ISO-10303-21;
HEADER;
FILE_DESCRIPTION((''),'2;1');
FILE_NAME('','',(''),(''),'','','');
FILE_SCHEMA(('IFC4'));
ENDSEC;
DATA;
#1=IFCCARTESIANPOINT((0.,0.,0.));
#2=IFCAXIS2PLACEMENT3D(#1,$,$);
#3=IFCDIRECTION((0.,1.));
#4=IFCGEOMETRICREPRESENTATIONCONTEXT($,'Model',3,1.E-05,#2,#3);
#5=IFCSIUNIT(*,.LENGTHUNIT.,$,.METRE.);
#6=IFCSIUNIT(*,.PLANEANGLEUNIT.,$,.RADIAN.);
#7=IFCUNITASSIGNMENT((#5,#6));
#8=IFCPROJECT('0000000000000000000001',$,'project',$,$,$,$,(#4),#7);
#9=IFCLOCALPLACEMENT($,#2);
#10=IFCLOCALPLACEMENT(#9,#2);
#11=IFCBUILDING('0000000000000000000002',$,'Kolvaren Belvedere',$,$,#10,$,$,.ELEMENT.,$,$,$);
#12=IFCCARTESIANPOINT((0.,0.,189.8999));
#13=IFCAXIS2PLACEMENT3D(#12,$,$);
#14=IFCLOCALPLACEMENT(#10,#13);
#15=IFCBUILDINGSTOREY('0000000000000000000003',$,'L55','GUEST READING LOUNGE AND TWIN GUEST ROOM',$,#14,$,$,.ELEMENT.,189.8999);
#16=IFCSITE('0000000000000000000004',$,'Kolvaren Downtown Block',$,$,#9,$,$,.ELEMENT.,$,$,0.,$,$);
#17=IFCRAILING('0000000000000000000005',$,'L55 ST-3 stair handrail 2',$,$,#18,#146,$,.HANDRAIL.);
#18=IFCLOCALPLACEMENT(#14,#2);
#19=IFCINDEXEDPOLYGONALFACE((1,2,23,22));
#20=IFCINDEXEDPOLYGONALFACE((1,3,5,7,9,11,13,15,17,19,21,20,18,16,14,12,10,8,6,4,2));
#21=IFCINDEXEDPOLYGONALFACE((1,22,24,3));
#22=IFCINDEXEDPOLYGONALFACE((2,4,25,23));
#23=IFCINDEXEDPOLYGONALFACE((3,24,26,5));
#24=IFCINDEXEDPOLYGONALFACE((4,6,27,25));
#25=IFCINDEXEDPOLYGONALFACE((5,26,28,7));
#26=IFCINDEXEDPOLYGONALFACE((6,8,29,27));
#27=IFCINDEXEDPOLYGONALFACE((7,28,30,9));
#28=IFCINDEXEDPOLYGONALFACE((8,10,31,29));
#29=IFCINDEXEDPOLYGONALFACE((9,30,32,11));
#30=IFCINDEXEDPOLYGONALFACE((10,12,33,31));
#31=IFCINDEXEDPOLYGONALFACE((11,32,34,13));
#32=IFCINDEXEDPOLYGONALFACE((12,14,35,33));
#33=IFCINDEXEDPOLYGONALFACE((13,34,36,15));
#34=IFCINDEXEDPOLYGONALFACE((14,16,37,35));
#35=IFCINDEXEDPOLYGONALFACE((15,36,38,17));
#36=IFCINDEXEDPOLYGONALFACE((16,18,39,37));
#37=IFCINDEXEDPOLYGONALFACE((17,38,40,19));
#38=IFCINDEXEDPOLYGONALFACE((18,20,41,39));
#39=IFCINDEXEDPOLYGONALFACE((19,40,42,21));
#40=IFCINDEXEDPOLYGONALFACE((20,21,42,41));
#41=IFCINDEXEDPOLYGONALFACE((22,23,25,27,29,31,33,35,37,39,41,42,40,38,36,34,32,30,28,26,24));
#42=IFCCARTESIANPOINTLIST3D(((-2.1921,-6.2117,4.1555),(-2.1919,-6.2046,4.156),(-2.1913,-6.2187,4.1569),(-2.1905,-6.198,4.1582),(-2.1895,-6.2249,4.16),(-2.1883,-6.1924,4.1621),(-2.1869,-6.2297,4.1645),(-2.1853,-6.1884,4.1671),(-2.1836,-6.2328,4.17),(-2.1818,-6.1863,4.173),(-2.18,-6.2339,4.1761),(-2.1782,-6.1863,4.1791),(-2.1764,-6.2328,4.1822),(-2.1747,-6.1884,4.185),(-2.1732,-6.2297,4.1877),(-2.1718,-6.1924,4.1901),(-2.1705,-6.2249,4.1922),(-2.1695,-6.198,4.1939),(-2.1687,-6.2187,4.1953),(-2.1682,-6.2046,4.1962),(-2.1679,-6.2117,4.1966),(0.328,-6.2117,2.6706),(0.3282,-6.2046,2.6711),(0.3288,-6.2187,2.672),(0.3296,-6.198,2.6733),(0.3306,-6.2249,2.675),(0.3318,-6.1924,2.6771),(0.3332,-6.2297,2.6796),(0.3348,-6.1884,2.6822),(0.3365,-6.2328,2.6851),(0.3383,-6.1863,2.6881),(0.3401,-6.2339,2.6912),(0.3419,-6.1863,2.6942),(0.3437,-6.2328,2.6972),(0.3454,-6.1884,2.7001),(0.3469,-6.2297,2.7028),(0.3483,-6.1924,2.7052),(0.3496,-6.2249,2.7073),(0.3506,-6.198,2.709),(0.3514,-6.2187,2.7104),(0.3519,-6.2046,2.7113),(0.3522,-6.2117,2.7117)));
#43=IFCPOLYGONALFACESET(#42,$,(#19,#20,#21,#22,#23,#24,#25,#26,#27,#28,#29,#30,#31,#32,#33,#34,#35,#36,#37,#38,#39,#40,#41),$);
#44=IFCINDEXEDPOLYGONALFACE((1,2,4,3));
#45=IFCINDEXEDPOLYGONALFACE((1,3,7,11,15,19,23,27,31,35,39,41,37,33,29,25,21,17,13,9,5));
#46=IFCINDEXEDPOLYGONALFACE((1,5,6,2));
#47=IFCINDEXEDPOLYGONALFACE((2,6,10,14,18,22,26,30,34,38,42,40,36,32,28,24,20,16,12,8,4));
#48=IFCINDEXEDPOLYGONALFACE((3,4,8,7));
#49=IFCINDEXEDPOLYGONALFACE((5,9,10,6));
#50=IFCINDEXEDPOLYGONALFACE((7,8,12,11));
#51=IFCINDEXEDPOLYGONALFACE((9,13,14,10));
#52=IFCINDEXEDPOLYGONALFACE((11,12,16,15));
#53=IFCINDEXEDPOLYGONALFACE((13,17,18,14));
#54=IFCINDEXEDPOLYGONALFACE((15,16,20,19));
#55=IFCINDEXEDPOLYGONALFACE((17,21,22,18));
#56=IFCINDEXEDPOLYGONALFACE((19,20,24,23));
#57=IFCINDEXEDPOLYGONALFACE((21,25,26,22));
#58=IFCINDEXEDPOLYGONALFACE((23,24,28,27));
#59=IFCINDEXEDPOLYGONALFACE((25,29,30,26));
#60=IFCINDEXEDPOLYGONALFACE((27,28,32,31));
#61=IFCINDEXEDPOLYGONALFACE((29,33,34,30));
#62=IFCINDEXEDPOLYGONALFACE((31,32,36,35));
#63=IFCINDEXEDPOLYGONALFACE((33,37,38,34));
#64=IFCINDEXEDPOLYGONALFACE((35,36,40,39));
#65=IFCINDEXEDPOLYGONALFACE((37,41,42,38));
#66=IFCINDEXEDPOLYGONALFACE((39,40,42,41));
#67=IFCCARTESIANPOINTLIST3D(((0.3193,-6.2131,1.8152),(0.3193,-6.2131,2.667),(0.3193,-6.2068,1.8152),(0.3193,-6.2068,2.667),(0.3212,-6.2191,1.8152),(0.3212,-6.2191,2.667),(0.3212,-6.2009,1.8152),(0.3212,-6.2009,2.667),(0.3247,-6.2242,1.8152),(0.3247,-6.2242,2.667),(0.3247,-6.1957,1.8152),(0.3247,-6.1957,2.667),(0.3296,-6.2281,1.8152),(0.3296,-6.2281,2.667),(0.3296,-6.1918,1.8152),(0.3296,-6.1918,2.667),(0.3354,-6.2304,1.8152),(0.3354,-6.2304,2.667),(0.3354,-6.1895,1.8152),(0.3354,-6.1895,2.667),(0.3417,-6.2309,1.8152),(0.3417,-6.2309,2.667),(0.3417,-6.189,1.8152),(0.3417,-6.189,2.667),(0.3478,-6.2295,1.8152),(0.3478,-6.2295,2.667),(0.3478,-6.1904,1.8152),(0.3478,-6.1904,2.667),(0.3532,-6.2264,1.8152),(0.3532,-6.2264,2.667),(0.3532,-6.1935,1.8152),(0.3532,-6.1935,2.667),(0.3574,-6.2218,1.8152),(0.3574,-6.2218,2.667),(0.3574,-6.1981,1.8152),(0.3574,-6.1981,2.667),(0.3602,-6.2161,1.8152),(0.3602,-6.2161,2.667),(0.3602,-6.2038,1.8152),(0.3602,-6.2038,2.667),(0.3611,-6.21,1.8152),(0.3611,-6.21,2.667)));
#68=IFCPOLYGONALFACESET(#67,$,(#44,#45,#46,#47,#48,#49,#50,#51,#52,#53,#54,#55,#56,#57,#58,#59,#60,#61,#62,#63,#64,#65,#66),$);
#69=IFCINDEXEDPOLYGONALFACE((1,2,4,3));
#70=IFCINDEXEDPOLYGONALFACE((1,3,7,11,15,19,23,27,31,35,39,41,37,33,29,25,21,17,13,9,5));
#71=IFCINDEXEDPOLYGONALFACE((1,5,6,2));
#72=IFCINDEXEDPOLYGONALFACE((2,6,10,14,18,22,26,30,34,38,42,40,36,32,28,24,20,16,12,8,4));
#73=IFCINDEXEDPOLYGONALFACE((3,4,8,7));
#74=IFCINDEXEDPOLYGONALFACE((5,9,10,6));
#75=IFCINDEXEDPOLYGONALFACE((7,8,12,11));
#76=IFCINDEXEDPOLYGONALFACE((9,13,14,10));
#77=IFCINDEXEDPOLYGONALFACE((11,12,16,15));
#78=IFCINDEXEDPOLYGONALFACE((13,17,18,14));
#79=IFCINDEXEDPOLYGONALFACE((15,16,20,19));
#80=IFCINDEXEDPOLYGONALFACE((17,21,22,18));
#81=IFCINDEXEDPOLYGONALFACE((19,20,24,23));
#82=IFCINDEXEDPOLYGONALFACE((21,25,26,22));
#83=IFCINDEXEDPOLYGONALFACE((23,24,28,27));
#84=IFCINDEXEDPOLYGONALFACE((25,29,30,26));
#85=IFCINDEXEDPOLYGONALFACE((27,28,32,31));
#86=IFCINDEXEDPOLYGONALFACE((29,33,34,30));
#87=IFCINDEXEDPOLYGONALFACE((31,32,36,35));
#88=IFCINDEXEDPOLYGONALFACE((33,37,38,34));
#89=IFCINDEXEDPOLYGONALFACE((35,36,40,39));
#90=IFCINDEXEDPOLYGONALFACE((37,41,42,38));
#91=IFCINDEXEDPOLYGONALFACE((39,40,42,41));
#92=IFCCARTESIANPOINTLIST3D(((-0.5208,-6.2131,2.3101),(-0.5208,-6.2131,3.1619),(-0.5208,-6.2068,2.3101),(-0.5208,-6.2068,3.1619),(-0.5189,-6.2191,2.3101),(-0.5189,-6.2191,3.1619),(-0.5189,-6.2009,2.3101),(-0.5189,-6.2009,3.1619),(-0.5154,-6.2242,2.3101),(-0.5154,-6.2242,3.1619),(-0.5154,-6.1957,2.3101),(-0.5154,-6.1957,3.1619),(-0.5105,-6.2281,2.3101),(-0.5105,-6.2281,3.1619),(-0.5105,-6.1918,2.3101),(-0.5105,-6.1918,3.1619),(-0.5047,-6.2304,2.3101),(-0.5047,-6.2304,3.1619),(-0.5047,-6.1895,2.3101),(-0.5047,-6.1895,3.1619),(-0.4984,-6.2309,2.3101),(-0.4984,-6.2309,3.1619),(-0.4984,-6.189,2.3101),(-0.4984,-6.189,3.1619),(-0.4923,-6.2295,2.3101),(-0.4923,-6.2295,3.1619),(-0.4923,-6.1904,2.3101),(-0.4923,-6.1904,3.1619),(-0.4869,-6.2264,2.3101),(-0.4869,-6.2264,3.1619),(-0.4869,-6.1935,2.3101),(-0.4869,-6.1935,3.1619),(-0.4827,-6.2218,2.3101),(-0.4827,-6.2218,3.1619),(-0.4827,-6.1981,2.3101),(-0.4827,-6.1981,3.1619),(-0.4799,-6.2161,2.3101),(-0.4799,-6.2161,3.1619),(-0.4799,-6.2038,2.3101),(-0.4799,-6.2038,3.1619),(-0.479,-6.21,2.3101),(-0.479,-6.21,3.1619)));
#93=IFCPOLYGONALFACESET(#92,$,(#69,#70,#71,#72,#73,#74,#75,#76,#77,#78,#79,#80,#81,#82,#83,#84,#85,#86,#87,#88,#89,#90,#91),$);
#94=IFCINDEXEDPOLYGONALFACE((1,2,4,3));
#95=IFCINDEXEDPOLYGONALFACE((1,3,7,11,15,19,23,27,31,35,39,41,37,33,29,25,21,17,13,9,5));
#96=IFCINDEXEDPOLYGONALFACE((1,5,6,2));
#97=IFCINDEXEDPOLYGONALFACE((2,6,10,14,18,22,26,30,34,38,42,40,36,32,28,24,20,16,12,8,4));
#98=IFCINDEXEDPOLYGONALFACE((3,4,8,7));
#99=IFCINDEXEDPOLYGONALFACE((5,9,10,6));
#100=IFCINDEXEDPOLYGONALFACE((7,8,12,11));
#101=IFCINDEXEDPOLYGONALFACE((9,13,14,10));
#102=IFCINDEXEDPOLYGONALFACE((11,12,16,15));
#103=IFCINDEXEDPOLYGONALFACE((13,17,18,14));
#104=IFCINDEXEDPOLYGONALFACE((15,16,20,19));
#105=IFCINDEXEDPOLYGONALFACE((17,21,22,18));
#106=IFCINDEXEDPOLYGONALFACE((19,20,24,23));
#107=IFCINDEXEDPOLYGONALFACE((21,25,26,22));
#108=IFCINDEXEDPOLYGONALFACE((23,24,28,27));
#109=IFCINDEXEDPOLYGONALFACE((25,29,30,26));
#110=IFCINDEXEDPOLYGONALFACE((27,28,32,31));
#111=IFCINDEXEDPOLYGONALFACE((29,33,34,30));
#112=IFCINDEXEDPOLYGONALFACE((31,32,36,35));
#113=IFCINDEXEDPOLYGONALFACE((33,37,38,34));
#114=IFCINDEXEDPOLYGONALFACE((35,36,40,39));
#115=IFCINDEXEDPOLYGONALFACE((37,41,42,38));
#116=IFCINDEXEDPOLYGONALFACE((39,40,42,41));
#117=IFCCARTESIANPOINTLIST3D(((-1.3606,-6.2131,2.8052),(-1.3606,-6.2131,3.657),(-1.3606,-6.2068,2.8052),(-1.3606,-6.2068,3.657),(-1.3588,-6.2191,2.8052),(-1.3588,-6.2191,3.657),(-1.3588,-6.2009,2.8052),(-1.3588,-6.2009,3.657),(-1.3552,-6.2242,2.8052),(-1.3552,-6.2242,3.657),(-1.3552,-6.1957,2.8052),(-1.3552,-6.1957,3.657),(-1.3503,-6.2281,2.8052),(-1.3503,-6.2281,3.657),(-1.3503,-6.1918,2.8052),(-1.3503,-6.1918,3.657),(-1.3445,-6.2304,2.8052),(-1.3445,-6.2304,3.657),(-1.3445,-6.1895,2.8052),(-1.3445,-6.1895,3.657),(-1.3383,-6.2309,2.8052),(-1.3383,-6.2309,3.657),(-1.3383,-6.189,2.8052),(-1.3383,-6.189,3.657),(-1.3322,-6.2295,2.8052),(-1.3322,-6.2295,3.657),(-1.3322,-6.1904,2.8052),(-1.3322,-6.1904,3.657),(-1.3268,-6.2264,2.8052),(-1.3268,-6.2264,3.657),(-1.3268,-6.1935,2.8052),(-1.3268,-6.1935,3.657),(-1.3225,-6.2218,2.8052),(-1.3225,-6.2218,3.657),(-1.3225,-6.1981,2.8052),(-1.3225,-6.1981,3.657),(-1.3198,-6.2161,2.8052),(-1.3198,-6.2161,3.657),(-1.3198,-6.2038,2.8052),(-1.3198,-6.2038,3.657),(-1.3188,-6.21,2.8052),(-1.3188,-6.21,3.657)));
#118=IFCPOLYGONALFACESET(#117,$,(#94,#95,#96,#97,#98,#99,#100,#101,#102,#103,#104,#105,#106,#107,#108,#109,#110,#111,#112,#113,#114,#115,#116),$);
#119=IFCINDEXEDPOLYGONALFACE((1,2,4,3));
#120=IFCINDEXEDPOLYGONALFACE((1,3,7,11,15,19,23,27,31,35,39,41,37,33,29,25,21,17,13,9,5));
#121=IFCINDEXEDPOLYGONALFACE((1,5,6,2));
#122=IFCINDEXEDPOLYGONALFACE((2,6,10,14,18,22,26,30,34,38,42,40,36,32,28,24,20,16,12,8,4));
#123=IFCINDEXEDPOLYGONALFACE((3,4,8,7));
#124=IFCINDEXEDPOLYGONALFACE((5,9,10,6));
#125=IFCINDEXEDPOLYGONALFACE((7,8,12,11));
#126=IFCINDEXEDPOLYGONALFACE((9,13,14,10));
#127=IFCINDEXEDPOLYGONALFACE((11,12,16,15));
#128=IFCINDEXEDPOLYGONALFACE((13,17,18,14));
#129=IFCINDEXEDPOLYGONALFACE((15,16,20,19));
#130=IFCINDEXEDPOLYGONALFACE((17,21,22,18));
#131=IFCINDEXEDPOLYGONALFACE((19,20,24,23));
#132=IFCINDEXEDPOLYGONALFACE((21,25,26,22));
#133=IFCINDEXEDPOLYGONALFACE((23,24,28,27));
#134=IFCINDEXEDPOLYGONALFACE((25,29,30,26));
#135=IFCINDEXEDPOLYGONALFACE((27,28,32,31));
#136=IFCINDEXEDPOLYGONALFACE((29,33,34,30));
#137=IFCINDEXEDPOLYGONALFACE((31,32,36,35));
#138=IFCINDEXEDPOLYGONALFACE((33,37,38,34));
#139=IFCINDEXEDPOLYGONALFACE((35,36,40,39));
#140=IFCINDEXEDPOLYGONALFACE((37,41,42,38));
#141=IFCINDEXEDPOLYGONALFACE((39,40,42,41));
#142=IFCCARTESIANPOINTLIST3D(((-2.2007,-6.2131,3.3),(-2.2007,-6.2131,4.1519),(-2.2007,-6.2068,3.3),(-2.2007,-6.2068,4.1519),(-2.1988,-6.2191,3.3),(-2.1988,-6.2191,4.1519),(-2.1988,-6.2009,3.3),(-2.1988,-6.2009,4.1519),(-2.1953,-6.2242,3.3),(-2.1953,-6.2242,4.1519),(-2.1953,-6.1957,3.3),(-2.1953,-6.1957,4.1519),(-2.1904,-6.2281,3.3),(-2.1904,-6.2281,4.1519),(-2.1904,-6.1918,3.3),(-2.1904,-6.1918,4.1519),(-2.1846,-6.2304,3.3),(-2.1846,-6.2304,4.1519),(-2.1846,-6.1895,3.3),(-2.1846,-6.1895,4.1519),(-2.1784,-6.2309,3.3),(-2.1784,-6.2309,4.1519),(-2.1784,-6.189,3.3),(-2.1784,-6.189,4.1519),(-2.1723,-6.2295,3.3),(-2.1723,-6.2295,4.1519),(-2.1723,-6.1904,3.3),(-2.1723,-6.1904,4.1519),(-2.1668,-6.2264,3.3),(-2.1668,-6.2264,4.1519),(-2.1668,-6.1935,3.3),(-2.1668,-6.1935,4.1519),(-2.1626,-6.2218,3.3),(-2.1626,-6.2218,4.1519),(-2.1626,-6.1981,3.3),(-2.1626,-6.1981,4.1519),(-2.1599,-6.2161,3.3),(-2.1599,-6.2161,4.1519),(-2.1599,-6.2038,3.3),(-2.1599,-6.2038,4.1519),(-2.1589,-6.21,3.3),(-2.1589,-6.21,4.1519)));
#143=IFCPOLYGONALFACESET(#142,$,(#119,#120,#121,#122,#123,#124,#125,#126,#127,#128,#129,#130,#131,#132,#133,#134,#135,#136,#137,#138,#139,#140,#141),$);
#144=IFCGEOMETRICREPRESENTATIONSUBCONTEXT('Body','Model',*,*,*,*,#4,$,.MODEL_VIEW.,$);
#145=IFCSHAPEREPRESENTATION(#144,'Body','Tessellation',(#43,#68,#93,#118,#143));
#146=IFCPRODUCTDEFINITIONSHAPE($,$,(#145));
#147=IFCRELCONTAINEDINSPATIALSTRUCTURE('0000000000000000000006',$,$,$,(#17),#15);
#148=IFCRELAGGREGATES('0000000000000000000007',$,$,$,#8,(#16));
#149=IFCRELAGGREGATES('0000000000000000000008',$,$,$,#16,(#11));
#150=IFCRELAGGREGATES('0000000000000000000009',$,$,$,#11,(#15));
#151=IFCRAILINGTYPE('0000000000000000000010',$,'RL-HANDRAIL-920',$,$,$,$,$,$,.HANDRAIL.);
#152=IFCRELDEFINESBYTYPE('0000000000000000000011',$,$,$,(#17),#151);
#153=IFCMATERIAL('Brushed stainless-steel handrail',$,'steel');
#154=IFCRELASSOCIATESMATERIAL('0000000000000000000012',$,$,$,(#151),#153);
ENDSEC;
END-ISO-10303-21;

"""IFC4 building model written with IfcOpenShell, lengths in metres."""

from ifc_helpers import new_model, si_unit, direction, frame, origin, origin_2d, place, context, subcontext, project, spatial, circle, extrude, material, type_object, element, save


model = new_model("IFC4")

# Units and contexts
model_context = context("Model", 3, precision=1e-05, world=origin(), true_north=direction((0.0, 1.0)))
body_context = subcontext(model_context, "Body", "Model", "MODEL_VIEW")
ifc_project = project(units=[si_unit("LENGTHUNIT", "METRE"), si_unit("PLANEANGLEUNIT", "RADIAN")], contexts=[model_context])

# Site, building, storey
site_placement = place(None, origin())
site = spatial("IfcSite", under=ifc_project, at=site_placement, Name="Kolvaren Downtown Block", CompositionType="ELEMENT", RefElevation=0.0)
building_placement = place(site_placement, origin())
building = spatial("IfcBuilding", under=site, at=building_placement, Name="Kolvaren Belvedere", CompositionType="ELEMENT")
storey_placement = place(building_placement, frame((0.0, 0.0, 189.8999)))
storey = spatial("IfcBuildingStorey", under=building, at=storey_placement, Name="L55", Description="GUEST READING LOUNGE AND TWIN GUEST ROOM", CompositionType="ELEMENT", Elevation=189.8999)

# Railing
ifc_material_1 = material(Name="Brushed stainless-steel handrail", Category="steel")
railing_type_1 = type_object("IfcRailingType", Name="RL-HANDRAIL-920", PredefinedType="HANDRAIL", material=ifc_material_1)
railing_1_placement = place(storey_placement, frame((0.3401, -6.21, 1.8152)))
element("IfcRailing", 1, at=railing_1_placement, inside=storey, type_object=railing_type_1, Name="L55 ST-3 stair handrail 2", PredefinedType="HANDRAIL", context=body_context, shape_type="SweptSolid", body=[
    extrude(circle(Radius=0.0239, at=origin_2d()), frame((0.0, 0.0, 0.876), z_axis=(-0.861561, 0.0, 0.507655), x_axis=(0.0, -1.0, 0.0)), (0.0, 0.0, 1.0), 2.925),
    extrude(circle(Radius=0.021, at=origin_2d()), origin(), (0.0, 0.0, 1.0), 0.8518),
    extrude(circle(Radius=0.021, at=origin_2d()), frame((-0.8401, 0.0, 0.4949)), (0.0, 0.0, 1.0), 0.8518),
    extrude(circle(Radius=0.021, at=origin_2d()), frame((-1.6799, 0.0, 0.99)), (0.0, 0.0, 1.0), 0.8518),
    extrude(circle(Radius=0.021, at=origin_2d()), frame((-2.52, 0.0, 1.4849)), (0.0, 0.0, 1.0), 0.8518),
])

save(model, "model.ifc")
